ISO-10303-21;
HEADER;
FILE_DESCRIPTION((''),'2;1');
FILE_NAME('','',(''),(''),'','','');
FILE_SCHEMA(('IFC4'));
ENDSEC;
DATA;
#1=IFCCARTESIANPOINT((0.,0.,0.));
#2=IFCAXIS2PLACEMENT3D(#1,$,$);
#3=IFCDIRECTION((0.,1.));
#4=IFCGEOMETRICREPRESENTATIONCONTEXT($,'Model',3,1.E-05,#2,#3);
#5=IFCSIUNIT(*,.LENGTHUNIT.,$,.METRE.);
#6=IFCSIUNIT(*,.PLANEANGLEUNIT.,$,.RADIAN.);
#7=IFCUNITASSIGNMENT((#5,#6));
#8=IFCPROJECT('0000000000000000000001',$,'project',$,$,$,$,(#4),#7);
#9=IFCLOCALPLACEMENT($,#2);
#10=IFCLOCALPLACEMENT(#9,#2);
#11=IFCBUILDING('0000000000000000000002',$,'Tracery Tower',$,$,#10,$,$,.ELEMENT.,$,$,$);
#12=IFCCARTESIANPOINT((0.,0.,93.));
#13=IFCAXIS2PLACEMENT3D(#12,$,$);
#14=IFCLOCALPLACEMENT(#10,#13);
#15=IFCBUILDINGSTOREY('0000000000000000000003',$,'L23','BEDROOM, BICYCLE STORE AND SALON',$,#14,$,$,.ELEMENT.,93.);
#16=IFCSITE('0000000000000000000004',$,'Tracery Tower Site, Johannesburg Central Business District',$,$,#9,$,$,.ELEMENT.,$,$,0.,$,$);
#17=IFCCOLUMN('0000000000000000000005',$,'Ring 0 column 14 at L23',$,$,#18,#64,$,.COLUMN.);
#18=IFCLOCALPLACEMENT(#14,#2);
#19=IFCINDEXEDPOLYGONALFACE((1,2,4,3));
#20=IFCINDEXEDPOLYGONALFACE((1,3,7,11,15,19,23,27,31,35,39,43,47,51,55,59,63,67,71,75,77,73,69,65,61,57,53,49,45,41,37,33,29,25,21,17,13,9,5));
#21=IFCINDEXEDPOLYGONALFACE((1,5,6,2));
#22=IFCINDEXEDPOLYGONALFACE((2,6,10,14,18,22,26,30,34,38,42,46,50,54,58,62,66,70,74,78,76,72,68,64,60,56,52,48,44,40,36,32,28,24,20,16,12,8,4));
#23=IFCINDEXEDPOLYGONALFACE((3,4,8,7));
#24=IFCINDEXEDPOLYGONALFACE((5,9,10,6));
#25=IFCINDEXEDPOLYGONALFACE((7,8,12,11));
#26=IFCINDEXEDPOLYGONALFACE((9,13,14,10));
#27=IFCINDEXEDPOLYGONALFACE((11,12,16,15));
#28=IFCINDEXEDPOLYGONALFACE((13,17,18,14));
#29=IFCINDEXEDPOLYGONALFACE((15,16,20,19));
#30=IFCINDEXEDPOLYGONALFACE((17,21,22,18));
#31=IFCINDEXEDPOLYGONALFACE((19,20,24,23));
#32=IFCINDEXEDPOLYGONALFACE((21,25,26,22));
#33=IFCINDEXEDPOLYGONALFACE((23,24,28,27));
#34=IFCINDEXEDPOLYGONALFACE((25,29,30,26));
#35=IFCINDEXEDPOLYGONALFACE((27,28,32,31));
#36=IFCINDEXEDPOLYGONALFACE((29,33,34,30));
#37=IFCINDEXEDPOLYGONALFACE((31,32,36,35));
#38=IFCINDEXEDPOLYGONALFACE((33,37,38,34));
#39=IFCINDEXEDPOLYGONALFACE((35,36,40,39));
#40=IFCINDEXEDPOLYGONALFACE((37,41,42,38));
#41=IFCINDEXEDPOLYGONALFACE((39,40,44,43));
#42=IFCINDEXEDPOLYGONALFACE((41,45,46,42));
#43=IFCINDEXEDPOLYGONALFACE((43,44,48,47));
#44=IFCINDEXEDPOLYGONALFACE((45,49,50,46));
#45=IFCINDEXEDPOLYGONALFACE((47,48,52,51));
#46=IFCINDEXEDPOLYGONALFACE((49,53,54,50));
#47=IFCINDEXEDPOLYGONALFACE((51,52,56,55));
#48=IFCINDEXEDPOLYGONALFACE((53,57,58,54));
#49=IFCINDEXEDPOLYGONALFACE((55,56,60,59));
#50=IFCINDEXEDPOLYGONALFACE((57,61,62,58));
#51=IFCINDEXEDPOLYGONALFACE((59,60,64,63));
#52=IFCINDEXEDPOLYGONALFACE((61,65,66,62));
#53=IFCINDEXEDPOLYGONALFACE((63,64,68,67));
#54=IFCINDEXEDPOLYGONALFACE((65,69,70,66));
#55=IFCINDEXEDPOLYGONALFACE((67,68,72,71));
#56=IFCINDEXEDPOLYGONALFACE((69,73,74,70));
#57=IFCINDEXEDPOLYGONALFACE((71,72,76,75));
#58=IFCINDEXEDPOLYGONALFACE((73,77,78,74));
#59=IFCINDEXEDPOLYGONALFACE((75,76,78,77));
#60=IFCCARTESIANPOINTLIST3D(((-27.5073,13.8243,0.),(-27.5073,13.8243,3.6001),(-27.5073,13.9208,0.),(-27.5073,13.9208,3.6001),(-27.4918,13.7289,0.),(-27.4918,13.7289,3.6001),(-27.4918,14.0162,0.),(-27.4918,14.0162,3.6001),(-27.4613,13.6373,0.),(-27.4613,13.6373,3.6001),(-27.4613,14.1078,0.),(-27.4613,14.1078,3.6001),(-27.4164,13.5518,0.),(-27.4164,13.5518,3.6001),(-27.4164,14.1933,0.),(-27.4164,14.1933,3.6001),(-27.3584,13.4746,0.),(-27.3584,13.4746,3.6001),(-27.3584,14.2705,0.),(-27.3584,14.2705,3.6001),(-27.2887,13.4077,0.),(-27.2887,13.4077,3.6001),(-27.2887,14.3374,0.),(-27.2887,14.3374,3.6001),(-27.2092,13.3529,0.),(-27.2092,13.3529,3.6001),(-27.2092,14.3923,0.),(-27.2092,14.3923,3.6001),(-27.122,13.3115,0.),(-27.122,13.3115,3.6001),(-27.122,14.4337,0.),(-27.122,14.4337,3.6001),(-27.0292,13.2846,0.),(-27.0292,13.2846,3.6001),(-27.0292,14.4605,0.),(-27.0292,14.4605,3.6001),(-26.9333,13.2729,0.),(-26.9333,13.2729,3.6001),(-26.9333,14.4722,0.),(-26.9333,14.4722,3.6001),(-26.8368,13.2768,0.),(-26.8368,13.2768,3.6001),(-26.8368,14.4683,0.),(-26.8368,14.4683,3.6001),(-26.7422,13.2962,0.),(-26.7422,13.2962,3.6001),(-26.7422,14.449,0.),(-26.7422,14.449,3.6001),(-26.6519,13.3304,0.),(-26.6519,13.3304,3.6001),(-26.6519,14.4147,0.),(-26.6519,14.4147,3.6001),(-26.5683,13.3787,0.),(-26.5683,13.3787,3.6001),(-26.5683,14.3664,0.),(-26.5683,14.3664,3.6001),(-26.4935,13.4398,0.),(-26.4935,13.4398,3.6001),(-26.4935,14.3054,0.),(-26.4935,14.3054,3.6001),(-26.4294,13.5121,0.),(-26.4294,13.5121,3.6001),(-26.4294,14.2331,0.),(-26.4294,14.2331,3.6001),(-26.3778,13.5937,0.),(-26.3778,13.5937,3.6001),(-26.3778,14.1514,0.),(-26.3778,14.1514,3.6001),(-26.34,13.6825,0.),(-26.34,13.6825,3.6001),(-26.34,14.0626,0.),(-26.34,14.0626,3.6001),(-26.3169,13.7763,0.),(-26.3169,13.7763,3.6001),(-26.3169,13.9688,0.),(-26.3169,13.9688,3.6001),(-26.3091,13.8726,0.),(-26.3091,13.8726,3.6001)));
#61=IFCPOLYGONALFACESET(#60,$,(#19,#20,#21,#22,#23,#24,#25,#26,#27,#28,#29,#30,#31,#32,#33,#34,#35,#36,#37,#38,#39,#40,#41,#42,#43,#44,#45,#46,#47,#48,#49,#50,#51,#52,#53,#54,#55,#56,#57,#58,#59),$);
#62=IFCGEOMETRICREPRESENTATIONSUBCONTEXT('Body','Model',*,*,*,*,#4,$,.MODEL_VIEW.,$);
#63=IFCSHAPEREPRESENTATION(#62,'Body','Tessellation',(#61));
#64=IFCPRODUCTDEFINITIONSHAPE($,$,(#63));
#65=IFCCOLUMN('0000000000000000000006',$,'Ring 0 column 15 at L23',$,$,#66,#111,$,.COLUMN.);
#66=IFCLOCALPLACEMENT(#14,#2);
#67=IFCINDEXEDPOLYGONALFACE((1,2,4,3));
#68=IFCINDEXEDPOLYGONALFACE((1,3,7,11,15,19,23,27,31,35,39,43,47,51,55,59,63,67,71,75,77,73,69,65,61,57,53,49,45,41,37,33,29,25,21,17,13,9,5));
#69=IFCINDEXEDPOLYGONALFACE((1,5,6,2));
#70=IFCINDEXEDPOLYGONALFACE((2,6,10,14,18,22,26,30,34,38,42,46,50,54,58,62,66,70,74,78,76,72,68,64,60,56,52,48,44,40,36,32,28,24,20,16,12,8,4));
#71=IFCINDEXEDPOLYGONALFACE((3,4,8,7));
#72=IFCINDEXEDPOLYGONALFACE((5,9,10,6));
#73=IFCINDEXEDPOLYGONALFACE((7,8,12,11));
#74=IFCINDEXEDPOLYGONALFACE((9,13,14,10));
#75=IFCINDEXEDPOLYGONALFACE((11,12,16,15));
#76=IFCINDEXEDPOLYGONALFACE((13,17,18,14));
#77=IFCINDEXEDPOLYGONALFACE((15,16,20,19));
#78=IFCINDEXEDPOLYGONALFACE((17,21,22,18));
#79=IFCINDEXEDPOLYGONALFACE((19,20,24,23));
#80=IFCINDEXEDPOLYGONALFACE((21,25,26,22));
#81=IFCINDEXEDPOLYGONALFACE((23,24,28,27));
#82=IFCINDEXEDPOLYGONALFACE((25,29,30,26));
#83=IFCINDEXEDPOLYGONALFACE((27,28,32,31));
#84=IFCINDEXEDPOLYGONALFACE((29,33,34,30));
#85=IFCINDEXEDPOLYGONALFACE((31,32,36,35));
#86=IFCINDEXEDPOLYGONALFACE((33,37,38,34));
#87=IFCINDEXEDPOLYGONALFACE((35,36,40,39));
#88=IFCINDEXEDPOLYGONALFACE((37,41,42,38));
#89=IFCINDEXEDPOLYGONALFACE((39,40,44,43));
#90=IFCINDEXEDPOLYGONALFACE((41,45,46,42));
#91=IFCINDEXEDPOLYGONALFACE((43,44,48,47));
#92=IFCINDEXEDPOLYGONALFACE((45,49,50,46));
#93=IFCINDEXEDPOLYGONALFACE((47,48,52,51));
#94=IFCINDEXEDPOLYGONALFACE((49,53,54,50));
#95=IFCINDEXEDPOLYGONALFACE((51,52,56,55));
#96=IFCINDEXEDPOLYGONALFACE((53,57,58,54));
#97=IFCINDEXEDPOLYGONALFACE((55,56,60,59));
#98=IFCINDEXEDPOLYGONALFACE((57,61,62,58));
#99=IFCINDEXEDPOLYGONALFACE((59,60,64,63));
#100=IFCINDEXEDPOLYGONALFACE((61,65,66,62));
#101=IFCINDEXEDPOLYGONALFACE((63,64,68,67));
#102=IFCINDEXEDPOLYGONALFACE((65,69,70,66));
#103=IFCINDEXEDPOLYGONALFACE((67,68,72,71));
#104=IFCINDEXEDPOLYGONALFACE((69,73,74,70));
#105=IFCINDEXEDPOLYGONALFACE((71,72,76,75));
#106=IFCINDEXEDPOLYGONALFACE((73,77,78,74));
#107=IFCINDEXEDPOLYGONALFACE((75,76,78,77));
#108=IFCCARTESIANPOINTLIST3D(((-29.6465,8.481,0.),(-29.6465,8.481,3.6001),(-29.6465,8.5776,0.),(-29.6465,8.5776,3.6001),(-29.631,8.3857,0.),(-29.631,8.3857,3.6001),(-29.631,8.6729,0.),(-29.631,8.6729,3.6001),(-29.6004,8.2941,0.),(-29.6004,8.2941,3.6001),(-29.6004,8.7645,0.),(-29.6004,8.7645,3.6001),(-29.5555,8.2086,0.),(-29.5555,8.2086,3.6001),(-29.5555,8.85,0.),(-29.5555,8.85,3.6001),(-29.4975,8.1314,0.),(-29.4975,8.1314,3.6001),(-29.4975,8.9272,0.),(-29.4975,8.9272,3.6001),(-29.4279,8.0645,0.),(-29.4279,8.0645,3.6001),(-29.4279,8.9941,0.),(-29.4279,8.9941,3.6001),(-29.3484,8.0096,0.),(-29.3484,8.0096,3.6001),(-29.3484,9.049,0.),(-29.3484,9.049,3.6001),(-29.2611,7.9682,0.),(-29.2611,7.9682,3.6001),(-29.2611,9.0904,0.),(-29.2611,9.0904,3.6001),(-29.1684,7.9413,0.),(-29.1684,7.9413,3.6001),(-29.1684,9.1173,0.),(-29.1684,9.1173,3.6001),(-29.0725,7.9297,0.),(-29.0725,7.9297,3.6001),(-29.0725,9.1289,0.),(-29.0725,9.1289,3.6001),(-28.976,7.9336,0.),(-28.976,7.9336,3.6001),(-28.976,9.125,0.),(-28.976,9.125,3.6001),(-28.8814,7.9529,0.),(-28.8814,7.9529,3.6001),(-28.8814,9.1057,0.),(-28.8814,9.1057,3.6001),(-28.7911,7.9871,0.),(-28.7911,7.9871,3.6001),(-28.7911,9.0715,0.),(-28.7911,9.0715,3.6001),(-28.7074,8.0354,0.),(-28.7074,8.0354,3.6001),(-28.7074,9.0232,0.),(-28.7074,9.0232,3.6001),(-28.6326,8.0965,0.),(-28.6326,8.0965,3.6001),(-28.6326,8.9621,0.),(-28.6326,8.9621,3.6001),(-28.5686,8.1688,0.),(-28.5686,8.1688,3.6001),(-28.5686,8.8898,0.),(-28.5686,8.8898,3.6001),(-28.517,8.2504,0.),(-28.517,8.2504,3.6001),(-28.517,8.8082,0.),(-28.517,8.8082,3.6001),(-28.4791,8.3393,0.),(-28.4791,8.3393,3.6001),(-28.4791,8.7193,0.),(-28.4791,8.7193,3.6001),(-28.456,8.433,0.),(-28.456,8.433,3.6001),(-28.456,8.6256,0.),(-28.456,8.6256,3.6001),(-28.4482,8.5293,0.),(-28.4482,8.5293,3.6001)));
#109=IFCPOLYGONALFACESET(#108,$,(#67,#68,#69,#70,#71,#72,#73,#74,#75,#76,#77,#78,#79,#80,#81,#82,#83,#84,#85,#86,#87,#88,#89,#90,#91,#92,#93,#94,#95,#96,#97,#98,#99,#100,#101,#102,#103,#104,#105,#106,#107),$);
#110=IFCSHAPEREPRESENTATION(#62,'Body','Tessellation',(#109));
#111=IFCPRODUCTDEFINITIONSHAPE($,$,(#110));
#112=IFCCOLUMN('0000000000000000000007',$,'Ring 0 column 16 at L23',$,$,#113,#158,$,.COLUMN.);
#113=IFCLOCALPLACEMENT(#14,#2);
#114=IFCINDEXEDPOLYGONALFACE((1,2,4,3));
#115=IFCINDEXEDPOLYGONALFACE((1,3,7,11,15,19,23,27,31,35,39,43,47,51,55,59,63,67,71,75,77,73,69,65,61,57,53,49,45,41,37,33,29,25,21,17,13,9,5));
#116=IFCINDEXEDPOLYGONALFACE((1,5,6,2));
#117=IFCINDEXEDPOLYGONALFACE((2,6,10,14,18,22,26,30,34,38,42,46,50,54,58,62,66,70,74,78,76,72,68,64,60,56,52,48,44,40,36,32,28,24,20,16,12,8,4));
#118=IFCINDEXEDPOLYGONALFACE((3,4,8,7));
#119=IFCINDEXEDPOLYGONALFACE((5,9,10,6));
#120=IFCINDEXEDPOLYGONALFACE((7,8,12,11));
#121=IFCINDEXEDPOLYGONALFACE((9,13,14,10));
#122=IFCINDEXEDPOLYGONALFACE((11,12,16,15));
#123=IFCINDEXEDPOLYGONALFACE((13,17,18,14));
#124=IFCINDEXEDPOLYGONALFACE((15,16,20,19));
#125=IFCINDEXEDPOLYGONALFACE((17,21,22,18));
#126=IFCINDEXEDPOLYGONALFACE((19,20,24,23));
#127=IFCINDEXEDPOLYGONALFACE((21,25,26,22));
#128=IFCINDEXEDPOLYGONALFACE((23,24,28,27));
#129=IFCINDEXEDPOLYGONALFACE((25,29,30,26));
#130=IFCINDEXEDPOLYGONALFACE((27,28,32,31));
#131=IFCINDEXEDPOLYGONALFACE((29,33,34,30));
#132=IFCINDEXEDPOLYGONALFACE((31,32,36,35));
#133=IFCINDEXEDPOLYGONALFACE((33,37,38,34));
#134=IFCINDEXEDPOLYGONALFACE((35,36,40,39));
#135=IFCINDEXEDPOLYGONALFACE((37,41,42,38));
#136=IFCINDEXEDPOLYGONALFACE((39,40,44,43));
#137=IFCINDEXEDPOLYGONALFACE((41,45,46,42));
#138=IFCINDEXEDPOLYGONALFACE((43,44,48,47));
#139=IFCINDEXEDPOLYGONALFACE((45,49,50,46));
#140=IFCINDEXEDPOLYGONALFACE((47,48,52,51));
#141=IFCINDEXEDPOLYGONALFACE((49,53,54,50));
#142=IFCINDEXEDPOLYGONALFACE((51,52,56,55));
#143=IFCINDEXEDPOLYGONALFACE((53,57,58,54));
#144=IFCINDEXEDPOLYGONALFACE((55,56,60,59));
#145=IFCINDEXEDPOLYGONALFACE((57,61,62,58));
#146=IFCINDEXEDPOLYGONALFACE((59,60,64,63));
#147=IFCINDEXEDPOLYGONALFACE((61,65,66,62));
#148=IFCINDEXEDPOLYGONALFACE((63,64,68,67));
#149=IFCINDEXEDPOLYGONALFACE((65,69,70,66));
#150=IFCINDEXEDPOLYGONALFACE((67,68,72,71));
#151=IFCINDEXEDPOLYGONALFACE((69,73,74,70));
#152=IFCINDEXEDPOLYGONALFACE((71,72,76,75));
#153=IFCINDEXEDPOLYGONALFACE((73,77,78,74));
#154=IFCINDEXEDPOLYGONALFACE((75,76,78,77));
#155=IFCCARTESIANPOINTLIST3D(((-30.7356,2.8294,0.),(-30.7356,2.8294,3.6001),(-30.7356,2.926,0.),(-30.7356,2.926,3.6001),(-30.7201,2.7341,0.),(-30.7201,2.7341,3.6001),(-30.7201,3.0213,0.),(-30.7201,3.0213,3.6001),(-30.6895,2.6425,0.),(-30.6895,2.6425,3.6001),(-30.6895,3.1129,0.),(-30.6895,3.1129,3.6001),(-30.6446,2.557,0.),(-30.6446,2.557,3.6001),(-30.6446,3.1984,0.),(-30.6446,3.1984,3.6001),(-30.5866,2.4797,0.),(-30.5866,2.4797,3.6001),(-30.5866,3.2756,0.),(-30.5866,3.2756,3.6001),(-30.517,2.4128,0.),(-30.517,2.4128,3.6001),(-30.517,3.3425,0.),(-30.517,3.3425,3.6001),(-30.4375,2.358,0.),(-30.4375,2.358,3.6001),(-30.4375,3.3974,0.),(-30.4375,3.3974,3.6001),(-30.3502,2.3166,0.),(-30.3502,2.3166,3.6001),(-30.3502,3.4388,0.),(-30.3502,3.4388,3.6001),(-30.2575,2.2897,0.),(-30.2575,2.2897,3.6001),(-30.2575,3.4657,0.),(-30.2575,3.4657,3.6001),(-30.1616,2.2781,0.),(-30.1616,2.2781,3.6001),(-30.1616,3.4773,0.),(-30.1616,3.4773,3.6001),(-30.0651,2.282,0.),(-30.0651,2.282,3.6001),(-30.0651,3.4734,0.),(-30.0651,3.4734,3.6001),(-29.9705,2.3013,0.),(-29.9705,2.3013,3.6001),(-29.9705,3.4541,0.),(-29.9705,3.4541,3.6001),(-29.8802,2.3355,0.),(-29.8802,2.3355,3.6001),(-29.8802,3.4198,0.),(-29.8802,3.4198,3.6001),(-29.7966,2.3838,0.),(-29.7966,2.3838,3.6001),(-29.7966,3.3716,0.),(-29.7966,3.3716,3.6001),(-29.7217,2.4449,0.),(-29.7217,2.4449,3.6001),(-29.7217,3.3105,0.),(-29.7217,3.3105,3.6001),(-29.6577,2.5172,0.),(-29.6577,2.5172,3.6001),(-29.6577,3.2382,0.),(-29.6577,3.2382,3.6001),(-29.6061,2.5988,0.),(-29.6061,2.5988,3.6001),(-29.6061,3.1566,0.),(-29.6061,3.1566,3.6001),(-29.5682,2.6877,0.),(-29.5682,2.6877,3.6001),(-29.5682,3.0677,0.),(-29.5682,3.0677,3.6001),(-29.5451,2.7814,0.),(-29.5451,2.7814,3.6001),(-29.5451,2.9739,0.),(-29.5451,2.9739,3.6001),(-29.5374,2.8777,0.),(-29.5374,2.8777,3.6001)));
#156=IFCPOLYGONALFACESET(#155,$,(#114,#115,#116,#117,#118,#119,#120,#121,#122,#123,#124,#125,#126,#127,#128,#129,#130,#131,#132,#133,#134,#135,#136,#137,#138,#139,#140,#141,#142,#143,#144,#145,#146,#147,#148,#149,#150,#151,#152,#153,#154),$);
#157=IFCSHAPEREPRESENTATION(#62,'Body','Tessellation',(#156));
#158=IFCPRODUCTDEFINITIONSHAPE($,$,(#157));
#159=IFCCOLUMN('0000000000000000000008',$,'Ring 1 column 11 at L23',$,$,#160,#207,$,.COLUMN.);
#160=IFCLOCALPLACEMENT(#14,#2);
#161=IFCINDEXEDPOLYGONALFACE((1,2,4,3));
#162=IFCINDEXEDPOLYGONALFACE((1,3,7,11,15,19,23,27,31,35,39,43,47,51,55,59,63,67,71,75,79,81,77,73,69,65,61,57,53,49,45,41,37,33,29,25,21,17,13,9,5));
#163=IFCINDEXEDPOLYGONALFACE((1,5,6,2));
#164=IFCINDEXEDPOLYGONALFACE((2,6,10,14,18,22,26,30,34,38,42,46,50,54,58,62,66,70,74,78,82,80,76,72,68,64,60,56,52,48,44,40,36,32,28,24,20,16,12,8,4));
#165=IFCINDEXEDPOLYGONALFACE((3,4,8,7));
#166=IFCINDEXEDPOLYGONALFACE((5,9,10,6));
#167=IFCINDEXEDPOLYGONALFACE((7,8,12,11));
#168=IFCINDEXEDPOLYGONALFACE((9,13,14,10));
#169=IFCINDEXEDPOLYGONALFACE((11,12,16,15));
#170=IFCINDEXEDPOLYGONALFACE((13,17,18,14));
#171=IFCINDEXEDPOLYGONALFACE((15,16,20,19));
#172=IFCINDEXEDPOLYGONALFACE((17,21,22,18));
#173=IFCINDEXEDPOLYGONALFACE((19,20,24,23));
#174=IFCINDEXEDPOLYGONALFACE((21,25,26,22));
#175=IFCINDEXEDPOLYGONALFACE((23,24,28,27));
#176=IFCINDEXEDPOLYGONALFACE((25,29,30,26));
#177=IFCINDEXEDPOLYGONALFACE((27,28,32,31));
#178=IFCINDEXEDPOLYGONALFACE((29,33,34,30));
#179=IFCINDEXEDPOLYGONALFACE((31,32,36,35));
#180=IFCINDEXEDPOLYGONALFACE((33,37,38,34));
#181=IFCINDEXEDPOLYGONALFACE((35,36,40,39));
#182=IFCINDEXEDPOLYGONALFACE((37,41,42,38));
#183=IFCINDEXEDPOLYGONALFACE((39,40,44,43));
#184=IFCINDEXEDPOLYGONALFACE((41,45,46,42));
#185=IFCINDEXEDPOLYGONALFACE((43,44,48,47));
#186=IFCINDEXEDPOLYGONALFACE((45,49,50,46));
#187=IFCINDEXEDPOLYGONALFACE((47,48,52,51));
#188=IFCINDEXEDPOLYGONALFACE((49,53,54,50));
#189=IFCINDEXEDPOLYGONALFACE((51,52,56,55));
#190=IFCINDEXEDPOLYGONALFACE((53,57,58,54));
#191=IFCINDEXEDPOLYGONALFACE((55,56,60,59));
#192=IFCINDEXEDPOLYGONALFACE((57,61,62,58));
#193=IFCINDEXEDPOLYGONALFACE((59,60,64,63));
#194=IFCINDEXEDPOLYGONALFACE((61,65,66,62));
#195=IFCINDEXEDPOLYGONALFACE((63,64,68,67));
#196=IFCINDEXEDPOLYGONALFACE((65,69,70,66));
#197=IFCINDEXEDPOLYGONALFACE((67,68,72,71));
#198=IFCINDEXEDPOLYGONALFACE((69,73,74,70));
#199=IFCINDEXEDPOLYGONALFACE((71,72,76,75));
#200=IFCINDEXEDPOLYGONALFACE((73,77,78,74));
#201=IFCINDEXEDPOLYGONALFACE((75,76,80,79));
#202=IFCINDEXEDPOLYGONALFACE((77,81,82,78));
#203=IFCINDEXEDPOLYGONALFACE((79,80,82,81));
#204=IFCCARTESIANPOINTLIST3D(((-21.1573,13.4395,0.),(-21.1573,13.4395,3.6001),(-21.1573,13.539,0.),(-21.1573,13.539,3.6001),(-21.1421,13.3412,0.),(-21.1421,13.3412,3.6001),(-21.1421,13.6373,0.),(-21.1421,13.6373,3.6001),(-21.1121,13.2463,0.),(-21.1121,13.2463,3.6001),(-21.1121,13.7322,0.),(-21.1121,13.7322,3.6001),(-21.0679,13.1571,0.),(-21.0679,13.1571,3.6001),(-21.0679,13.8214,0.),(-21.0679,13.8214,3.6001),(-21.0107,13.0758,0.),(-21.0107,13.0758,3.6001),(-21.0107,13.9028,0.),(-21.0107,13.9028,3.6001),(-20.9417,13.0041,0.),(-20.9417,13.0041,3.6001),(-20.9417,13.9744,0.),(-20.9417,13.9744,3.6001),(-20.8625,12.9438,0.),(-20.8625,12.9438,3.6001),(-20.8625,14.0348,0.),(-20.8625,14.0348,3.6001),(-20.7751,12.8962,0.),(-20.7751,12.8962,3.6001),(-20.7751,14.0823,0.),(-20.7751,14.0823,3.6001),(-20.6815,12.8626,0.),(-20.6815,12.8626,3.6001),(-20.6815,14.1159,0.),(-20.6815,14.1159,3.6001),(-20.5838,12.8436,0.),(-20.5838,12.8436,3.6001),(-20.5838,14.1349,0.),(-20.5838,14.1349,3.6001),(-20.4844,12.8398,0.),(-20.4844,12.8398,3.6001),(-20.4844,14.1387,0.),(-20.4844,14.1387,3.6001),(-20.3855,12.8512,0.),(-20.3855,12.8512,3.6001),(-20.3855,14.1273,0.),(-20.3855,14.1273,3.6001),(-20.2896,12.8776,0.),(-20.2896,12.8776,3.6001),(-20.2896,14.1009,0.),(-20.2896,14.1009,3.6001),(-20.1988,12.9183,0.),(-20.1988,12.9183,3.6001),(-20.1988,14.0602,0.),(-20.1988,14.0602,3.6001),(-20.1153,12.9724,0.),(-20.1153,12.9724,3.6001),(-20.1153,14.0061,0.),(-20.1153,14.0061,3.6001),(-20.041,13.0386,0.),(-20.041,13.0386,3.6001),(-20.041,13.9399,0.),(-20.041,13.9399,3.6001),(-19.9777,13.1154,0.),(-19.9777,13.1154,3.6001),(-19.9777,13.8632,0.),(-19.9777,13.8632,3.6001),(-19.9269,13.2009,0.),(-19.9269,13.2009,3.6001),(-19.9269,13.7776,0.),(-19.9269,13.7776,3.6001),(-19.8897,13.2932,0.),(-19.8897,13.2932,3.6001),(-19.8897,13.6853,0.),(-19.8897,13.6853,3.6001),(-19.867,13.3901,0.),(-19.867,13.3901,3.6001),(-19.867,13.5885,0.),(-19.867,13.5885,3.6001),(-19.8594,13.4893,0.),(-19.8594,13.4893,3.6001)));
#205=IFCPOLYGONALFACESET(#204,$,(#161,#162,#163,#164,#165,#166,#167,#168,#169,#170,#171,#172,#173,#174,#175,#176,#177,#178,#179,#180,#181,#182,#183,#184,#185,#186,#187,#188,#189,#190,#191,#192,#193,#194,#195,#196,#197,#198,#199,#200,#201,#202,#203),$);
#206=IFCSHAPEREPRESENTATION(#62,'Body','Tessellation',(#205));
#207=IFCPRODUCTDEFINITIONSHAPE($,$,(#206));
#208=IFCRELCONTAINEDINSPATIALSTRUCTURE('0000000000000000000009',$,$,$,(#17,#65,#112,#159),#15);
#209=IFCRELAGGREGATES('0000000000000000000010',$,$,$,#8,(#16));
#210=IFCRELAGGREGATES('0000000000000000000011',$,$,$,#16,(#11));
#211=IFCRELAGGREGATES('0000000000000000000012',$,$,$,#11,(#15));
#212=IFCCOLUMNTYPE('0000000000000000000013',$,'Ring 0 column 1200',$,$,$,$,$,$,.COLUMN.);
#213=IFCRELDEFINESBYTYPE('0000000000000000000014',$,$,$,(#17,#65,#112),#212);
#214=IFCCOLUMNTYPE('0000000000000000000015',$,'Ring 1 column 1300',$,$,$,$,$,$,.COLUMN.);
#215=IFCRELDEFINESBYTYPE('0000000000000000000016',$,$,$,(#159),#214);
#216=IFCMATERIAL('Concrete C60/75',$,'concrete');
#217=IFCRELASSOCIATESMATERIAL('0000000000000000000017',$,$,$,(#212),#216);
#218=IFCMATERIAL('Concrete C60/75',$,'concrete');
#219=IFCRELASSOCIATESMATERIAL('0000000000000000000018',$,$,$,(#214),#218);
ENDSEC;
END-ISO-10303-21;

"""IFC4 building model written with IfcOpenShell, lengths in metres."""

from ifc_helpers import new_model, si_unit, direction, frame, origin, origin_2d, place, context, subcontext, project, spatial, circle, extrude, material, material_profile, profile_set, type_object, element, save


model = new_model("IFC4")

# Units and contexts
model_context = context("Model", 3, precision=1e-05, world=origin(), true_north=direction((0.0, 1.0)))
body_context = subcontext(model_context, "Body", "Model", "MODEL_VIEW")
ifc_project = project(units=[si_unit("LENGTHUNIT", "METRE"), si_unit("PLANEANGLEUNIT", "RADIAN")], contexts=[model_context])

# Site, building, storey
site_placement = place(None, origin())
site = spatial("IfcSite", under=ifc_project, at=site_placement, Name="Tracery Tower Site, Johannesburg Central Business District", CompositionType="ELEMENT", RefElevation=0.0)
building_placement = place(site_placement, origin())
building = spatial("IfcBuilding", under=site, at=building_placement, Name="Tracery Tower", CompositionType="ELEMENT")
storey_placement = place(building_placement, frame((0.0, 0.0, 93.0)))
storey = spatial("IfcBuildingStorey", under=building, at=storey_placement, Name="L23", Description="BEDROOM, BICYCLE STORE AND SALON", CompositionType="ELEMENT", Elevation=93.0)

# Columns
ifc_material_1 = material(Name="Concrete C60/75", Category="concrete")
ifc_material_profile_1 = material_profile(ifc_material_1, circle(Radius=0.6001, at=origin_2d()), Name="RC D1200")
ifc_profile_set_1 = profile_set([ifc_material_profile_1], Name="Concrete C60/75")
column_type_1 = type_object("IfcColumnType", Name="Ring 0 column 1200", PredefinedType="COLUMN", material=ifc_profile_set_1)
for number, where, z_axis, x_axis, name in (
    (1, (-26.9092, 13.8726, 0.0), (0.0, 0.0, 1.0), (1.0, 0.0, 0.0), "Ring 0 column 14 at L23"),
    (2, (-29.0483, 8.5293, 0.0), (0.0, 0.0, 1.0), (1.0, 0.0, 0.0), "Ring 0 column 15 at L23"),
    (3, (-30.1375, 2.8777, 0.0), (0.0, 0.0, 1.0), (1.0, 0.0, 0.0), "Ring 0 column 16 at L23"),
):
    element("IfcColumn", number, at=place(storey_placement, frame(where, z_axis=z_axis, x_axis=x_axis)), inside=storey, type_object=column_type_1, Name=name, PredefinedType="COLUMN", context=body_context, shape_type="SweptSolid", body=[
        extrude(circle(Radius=0.6001, at=origin_2d()), origin(), (0.0, 0.0, 1.0), 3.6001),
    ])
ifc_material_2 = material(Name="Concrete C60/75", Category="concrete")
ifc_material_profile_2 = material_profile(ifc_material_2, circle(Radius=0.6499, at=origin_2d()), Name="RC D1300")
ifc_profile_set_2 = profile_set([ifc_material_profile_2], Name="Concrete C60/75")
column_type_2 = type_object("IfcColumnType", Name="Ring 1 column 1300", PredefinedType="COLUMN", material=ifc_profile_set_2)
for number, where, z_axis, x_axis, name in (
    (4, (-20.5093, 13.4893, 0.0), (0.0, 0.0, 1.0), (1.0, 0.0, 0.0), "Ring 1 column 11 at L23"),
):
    element("IfcColumn", number, at=place(storey_placement, frame(where, z_axis=z_axis, x_axis=x_axis)), inside=storey, type_object=column_type_2, Name=name, PredefinedType="COLUMN", context=body_context, shape_type="SweptSolid", body=[
        extrude(circle(Radius=0.6499, at=origin_2d()), origin(), (0.0, 0.0, 1.0), 3.6001),
    ])

save(model, "model.ifc")
